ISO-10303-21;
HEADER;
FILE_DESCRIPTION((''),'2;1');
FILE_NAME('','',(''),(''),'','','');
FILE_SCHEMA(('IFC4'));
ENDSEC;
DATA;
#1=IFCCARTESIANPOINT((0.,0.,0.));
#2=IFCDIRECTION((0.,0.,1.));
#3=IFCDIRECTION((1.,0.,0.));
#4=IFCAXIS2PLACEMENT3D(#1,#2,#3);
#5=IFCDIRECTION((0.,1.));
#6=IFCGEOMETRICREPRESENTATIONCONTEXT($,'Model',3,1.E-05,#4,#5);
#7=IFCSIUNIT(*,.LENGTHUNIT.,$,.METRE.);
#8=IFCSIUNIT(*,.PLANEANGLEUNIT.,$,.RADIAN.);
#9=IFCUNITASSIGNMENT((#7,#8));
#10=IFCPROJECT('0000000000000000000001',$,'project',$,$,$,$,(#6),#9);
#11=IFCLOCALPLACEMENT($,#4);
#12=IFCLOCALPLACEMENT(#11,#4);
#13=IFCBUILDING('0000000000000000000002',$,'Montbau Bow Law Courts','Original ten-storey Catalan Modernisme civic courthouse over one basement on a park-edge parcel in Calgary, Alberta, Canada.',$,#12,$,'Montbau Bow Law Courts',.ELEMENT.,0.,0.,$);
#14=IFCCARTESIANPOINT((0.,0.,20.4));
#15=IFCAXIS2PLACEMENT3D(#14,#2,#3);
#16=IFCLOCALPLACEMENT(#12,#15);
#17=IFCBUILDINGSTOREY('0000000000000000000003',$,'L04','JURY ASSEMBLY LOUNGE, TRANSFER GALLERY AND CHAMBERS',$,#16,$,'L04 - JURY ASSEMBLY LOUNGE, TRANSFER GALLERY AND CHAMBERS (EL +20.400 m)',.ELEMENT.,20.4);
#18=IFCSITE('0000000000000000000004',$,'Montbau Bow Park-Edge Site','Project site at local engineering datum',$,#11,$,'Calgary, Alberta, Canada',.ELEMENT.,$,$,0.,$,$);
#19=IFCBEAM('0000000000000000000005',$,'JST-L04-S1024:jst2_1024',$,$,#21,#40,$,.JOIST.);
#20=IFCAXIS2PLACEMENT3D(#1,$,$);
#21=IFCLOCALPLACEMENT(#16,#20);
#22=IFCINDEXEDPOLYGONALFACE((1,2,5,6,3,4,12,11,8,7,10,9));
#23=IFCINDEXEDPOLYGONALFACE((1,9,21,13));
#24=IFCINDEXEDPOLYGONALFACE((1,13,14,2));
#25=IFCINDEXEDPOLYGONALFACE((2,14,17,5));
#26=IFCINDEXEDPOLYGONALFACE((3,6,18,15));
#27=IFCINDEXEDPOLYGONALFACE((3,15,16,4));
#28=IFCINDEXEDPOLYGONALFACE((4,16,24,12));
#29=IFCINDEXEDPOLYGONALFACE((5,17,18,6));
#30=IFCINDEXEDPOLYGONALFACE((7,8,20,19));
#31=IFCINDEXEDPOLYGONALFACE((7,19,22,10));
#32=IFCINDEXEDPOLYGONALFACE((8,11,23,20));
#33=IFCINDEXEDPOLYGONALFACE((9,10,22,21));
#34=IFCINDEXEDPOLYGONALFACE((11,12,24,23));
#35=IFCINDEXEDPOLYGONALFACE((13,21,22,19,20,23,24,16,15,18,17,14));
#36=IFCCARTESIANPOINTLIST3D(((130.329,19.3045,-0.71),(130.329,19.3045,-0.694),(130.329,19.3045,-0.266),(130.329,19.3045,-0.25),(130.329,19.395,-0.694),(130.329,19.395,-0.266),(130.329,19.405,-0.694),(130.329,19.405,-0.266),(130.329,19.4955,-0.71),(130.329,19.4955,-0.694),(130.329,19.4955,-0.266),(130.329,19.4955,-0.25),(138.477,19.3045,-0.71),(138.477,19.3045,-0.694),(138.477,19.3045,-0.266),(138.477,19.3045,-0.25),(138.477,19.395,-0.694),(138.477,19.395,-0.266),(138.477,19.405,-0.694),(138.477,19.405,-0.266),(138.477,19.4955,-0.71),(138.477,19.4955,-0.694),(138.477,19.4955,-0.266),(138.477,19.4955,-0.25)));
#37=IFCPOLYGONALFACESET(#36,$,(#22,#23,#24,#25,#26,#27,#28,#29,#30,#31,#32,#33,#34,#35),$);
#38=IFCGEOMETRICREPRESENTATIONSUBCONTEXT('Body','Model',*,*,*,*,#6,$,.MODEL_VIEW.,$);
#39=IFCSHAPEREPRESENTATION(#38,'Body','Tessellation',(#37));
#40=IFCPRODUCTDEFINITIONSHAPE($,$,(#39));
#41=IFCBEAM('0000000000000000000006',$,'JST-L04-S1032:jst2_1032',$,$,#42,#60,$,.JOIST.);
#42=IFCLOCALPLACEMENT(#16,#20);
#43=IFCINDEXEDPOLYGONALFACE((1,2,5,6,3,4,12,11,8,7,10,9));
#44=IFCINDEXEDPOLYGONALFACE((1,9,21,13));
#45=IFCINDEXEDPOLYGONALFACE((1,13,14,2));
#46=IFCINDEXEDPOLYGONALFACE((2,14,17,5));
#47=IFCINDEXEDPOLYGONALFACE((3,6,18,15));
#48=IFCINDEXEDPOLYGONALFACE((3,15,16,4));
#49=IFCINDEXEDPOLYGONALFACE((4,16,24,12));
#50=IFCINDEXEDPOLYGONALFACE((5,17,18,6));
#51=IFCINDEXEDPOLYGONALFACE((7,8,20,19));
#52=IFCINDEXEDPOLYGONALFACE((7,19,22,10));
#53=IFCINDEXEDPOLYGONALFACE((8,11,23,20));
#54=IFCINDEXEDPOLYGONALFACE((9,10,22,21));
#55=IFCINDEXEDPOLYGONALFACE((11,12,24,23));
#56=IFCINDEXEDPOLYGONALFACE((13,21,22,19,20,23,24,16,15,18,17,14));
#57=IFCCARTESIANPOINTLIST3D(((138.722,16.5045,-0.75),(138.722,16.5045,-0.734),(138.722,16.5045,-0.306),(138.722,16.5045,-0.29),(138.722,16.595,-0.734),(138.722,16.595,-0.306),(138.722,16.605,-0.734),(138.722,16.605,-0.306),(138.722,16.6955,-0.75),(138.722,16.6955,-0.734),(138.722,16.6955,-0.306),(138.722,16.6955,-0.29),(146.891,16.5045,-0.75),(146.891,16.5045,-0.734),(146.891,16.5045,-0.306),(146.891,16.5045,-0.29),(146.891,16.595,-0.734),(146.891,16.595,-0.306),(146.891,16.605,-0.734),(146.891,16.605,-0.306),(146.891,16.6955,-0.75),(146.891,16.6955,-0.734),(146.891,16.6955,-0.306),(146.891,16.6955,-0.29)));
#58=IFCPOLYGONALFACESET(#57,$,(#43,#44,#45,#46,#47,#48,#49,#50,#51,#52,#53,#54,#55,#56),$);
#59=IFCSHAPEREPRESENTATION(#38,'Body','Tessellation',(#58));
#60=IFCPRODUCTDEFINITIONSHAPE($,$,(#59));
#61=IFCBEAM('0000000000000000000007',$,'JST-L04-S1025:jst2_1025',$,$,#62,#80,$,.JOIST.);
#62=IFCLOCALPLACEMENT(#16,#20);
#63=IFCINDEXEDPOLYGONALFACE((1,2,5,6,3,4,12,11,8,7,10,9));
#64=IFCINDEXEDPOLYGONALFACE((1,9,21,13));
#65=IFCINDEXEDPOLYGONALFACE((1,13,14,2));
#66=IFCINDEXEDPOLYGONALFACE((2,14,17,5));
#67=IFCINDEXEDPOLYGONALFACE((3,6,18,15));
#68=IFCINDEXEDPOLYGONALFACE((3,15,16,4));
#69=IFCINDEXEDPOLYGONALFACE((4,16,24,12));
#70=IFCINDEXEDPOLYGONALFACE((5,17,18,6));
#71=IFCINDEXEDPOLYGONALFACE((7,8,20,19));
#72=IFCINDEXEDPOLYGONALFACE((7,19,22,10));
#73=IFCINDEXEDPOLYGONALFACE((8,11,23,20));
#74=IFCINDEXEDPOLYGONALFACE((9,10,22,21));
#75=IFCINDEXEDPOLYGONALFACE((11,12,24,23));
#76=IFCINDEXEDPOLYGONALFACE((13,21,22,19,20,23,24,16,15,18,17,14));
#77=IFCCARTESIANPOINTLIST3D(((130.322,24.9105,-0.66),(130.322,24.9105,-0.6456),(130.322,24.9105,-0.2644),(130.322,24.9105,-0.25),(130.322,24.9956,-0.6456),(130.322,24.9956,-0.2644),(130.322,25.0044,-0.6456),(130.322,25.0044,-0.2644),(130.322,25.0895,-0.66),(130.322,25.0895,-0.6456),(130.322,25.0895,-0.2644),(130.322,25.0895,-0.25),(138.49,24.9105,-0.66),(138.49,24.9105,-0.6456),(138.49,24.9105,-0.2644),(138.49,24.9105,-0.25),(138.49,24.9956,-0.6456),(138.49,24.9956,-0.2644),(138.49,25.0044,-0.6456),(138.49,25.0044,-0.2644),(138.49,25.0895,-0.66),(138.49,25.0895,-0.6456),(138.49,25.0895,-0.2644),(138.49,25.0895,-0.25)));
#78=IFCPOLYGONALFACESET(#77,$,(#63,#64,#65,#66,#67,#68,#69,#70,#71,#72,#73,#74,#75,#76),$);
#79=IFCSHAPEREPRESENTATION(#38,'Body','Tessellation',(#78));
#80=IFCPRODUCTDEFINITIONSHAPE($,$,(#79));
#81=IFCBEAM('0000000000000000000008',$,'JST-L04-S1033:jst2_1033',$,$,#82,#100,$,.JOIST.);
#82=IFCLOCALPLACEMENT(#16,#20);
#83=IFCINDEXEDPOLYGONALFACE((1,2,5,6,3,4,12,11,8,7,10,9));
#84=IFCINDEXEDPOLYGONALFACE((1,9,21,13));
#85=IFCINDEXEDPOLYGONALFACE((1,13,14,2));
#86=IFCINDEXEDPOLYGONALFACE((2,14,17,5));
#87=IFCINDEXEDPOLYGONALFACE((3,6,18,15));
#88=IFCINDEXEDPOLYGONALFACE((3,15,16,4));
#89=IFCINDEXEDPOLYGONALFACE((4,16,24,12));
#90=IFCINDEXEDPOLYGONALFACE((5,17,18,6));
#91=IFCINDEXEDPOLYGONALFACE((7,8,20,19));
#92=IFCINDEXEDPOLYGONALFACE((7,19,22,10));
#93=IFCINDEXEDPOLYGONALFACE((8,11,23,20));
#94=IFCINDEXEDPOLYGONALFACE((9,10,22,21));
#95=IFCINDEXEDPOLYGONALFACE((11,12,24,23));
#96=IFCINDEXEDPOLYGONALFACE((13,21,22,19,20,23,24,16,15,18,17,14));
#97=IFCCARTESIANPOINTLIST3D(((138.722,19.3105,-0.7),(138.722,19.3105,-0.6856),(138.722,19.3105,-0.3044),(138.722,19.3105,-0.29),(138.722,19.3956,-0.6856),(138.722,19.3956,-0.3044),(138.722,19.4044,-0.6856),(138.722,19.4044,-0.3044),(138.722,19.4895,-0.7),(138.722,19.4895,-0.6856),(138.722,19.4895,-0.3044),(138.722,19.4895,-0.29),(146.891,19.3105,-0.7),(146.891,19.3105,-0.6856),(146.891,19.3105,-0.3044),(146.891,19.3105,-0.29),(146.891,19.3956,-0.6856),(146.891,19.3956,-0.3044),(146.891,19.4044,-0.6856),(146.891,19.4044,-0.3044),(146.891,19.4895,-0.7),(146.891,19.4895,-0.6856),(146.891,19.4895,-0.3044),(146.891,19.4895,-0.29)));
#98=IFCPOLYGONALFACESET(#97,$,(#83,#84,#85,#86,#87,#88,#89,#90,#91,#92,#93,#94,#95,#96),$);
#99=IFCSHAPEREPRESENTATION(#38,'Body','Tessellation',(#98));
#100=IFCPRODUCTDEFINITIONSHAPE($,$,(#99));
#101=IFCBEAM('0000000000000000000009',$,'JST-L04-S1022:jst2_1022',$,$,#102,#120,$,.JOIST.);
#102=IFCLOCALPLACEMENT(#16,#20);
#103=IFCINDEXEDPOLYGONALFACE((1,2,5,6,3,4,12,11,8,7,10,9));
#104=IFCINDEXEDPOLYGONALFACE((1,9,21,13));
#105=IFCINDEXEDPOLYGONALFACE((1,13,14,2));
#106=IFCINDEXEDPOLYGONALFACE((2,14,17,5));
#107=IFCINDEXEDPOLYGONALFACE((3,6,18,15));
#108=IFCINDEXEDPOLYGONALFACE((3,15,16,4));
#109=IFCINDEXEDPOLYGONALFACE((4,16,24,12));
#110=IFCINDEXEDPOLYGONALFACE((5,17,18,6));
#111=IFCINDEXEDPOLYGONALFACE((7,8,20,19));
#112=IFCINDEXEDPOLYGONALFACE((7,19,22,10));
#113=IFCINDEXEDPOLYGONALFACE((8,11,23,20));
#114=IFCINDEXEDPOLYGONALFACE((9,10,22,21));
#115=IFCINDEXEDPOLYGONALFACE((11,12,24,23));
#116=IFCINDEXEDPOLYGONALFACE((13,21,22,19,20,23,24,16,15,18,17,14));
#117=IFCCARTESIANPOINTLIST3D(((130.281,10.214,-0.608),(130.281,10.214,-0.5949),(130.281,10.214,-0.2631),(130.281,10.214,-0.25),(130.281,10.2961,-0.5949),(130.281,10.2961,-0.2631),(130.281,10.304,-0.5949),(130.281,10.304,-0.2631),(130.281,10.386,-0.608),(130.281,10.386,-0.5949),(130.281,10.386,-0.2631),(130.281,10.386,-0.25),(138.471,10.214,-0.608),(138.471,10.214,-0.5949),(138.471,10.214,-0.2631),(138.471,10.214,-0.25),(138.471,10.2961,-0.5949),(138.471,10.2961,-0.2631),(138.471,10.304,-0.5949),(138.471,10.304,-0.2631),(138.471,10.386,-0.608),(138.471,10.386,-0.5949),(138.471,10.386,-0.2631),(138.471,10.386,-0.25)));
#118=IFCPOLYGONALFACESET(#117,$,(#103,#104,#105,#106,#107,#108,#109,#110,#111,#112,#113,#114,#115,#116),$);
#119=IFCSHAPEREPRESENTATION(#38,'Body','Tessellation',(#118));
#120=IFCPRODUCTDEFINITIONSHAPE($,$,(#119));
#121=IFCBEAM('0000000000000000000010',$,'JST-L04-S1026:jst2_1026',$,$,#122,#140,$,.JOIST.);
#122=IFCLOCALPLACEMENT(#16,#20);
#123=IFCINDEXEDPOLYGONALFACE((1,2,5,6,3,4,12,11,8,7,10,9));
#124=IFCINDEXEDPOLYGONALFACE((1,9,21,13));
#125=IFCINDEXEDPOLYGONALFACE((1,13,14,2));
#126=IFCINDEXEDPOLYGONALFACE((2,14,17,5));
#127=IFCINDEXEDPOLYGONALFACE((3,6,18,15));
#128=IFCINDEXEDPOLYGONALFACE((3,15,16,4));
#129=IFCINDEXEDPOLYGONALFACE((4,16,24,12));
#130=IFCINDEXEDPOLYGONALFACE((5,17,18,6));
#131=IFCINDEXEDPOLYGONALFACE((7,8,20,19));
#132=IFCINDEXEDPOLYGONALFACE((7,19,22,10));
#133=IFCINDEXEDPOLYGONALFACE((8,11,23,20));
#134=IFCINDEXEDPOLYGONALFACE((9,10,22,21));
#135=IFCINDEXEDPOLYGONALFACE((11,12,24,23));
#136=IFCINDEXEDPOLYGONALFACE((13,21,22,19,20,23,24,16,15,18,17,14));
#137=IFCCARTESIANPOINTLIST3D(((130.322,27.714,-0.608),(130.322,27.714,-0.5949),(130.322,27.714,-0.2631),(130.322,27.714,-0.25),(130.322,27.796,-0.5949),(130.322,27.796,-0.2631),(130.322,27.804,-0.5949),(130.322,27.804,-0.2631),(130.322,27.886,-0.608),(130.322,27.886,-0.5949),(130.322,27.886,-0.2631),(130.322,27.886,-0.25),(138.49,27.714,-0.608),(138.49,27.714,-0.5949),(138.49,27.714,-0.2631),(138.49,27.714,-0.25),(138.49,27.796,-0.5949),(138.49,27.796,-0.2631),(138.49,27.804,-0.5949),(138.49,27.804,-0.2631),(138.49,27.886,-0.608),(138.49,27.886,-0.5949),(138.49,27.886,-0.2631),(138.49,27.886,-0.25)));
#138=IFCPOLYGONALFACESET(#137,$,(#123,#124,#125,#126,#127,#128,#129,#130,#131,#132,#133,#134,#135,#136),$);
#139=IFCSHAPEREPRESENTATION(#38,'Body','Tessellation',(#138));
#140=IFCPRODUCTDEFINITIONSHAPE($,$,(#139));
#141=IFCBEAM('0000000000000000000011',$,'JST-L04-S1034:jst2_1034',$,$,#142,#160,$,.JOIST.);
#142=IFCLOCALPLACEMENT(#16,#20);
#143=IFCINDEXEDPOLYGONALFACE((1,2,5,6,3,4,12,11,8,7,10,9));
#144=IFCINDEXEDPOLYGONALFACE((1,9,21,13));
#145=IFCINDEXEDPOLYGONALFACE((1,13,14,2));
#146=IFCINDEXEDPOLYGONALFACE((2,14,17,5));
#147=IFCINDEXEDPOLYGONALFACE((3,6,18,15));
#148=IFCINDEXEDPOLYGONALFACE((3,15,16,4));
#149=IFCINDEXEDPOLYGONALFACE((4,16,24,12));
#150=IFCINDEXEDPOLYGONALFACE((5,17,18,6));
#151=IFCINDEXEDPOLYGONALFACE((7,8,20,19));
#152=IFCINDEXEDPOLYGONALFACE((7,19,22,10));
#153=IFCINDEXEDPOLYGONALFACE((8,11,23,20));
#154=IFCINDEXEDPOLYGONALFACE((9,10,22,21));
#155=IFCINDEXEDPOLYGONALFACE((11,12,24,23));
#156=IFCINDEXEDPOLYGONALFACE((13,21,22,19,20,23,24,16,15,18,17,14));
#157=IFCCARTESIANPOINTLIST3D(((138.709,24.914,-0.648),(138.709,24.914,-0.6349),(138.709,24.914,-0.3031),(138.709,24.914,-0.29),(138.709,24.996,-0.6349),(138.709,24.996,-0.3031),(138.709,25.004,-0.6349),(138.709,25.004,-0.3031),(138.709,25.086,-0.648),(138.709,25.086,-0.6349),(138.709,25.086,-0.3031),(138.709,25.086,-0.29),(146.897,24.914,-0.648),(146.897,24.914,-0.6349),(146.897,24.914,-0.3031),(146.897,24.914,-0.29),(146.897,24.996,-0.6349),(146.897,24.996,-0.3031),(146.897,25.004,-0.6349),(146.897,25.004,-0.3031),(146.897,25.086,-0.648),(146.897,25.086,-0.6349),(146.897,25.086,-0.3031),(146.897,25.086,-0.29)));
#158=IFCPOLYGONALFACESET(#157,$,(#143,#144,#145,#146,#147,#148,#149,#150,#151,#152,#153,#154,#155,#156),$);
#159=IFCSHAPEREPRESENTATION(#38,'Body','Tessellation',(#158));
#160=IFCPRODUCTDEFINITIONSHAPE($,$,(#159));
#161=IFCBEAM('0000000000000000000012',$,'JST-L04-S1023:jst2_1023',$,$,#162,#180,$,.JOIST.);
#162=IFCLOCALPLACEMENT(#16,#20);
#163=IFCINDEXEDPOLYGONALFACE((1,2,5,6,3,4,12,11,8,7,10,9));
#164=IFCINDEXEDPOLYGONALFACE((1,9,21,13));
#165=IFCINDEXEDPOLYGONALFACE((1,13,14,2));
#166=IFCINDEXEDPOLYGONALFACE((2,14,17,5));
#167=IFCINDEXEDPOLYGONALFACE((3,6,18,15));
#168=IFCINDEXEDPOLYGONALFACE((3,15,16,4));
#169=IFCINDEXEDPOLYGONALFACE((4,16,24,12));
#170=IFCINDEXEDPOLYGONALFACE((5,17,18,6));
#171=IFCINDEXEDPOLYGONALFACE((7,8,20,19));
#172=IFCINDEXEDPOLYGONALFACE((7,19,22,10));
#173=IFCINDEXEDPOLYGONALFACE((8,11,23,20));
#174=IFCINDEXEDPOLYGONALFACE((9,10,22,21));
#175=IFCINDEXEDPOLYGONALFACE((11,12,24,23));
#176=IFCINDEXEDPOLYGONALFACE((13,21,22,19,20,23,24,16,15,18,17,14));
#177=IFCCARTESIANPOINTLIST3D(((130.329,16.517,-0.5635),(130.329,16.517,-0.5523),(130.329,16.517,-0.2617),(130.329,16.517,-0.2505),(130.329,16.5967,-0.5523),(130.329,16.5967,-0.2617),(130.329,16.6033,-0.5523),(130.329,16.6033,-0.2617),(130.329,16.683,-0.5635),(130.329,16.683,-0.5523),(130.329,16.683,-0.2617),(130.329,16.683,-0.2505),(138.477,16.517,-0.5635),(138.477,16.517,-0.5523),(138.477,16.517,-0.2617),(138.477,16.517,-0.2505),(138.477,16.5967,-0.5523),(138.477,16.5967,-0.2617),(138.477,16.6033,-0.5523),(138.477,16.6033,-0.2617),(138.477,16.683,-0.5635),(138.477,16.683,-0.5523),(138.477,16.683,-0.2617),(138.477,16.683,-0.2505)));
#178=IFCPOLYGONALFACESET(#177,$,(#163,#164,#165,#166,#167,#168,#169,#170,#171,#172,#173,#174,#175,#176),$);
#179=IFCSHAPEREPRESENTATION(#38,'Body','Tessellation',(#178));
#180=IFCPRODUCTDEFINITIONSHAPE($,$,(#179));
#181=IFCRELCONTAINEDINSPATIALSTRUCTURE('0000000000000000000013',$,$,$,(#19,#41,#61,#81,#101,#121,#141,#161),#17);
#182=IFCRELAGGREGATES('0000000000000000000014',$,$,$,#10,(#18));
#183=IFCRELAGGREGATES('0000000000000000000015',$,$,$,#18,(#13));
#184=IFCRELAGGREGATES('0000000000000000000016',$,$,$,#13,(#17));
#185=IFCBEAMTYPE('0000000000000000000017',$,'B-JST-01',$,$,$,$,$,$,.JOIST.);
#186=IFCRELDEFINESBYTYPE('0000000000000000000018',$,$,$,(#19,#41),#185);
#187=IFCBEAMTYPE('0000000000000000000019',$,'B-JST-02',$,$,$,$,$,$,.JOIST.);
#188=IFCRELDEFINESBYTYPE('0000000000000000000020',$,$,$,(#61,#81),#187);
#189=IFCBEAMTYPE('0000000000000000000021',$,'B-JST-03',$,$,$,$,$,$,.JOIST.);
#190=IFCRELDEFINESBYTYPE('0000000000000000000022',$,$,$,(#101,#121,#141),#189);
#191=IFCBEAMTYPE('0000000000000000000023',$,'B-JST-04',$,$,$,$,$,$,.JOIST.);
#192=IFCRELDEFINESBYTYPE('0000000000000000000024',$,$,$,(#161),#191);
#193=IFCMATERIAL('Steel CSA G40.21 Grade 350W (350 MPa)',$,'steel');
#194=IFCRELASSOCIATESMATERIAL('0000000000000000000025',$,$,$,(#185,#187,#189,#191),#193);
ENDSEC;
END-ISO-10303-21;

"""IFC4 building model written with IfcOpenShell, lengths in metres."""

from ifc_helpers import new_model, si_unit, direction, frame, origin_with_axes, origin_2d_with_axis, place, context, subcontext, project, spatial, i_section, extrude, material, material_profile, profile_set, type_object, element, save


model = new_model("IFC4")

# Units and contexts
model_context = context("Model", 3, precision=1e-05, world=origin_with_axes(), true_north=direction((0.0, 1.0)))
body_context = subcontext(model_context, "Body", "Model", "MODEL_VIEW")
ifc_project = project(units=[si_unit("LENGTHUNIT", "METRE"), si_unit("PLANEANGLEUNIT", "RADIAN")], contexts=[model_context])

# Site, building, storey
site_placement = place(None, origin_with_axes())
site = spatial("IfcSite", under=ifc_project, at=site_placement, Name="Montbau Bow Park-Edge Site", Description="Project site at local engineering datum", LongName="Calgary, Alberta, Canada", CompositionType="ELEMENT", RefElevation=0.0)
building_placement = place(site_placement, origin_with_axes())
building = spatial("IfcBuilding", under=site, at=building_placement, Name="Montbau Bow Law Courts", Description="Original ten-storey Catalan Modernisme civic courthouse over one basement on a park-edge parcel in Calgary, Alberta, Canada.", LongName="Montbau Bow Law Courts", CompositionType="ELEMENT", ElevationOfRefHeight=0.0, ElevationOfTerrain=0.0)
storey_placement = place(building_placement, frame((0.0, 0.0, 20.4), z_axis=(0.0, 0.0, 1.0), x_axis=(1.0, 0.0, 0.0)))
storey = spatial("IfcBuildingStorey", under=building, at=storey_placement, Name="L04", Description="JURY ASSEMBLY LOUNGE, TRANSFER GALLERY AND CHAMBERS", LongName="L04 - JURY ASSEMBLY LOUNGE, TRANSFER GALLERY AND CHAMBERS (EL +20.400 m)", CompositionType="ELEMENT", Elevation=20.4)

# Beams
ifc_material_1 = material(Name="Steel CSA G40.21 Grade 350W (350 MPa)", Category="steel")
ifc_material_profile_1 = material_profile(ifc_material_1, i_section(OverallWidth=0.191, OverallDepth=0.46, WebThickness=0.0099, FlangeThickness=0.016, at=origin_2d_with_axis()), Name="W460X82", Category="Main", Priority=0)
ifc_profile_set_1 = profile_set([ifc_material_profile_1], Name="Steel CSA G40.21 Grade 350W (350 MPa)")
beam_type_1 = type_object("IfcBeamType", Name="B-JST-01", PredefinedType="JOIST", material=ifc_profile_set_1)
beam_1_placement = place(None, frame((130.329, 19.4, 19.92), z_axis=(1.0, 0.0, 0.0), x_axis=(0.0, 1.0, 0.0)))
element("IfcBeam", 1, at=beam_1_placement, inside=storey, type_object=beam_type_1, Name="JST-L04-S1024:jst2_1024", PredefinedType="JOIST", context=body_context, shape_type="SweptSolid", body=[
    extrude(i_section(OverallWidth=0.191, OverallDepth=0.46, WebThickness=0.0099, FlangeThickness=0.016, at=origin_2d_with_axis()), origin_with_axes(), (0.0, 0.0, 1.0), 8.148),
])
beam_2_placement = place(None, frame((138.722, 16.6, 19.88), z_axis=(1.0, 0.0, 0.0), x_axis=(0.0, 1.0, 0.0)))
element("IfcBeam", 2, at=beam_2_placement, inside=storey, type_object=beam_type_1, Name="JST-L04-S1032:jst2_1032", PredefinedType="JOIST", context=body_context, shape_type="SweptSolid", body=[
    extrude(i_section(OverallWidth=0.191, OverallDepth=0.46, WebThickness=0.0099, FlangeThickness=0.016, at=origin_2d_with_axis()), origin_with_axes(), (0.0, 0.0, 1.0), 8.169),
])
ifc_material_profile_2 = material_profile(ifc_material_1, i_section(OverallWidth=0.179, OverallDepth=0.41, WebThickness=0.0088, FlangeThickness=0.0144, at=origin_2d_with_axis()), Name="W410X67", Category="Main", Priority=0)
ifc_profile_set_2 = profile_set([ifc_material_profile_2], Name="Steel CSA G40.21 Grade 350W (350 MPa)")
beam_type_2 = type_object("IfcBeamType", Name="B-JST-02", PredefinedType="JOIST", material=ifc_profile_set_2)
beam_3_placement = place(None, frame((130.322, 25.0, 19.945), z_axis=(1.0, 0.0, 0.0), x_axis=(0.0, 1.0, 0.0)))
element("IfcBeam", 3, at=beam_3_placement, inside=storey, type_object=beam_type_2, Name="JST-L04-S1025:jst2_1025", PredefinedType="JOIST", context=body_context, shape_type="SweptSolid", body=[
    extrude(i_section(OverallWidth=0.179, OverallDepth=0.41, WebThickness=0.0088, FlangeThickness=0.0144, at=origin_2d_with_axis()), origin_with_axes(), (0.0, 0.0, 1.0), 8.168),
])
beam_4_placement = place(None, frame((138.722, 19.4, 19.905), z_axis=(1.0, 0.0, 0.0), x_axis=(0.0, 1.0, 0.0)))
element("IfcBeam", 4, at=beam_4_placement, inside=storey, type_object=beam_type_2, Name="JST-L04-S1033:jst2_1033", PredefinedType="JOIST", context=body_context, shape_type="SweptSolid", body=[
    extrude(i_section(OverallWidth=0.179, OverallDepth=0.41, WebThickness=0.0088, FlangeThickness=0.0144, at=origin_2d_with_axis()), origin_with_axes(), (0.0, 0.0, 1.0), 8.169),
])
ifc_material_profile_3 = material_profile(ifc_material_1, i_section(OverallWidth=0.172, OverallDepth=0.358, WebThickness=0.0079, FlangeThickness=0.0131, at=origin_2d_with_axis()), Name="W360X57", Category="Main", Priority=0)
ifc_profile_set_3 = profile_set([ifc_material_profile_3], Name="Steel CSA G40.21 Grade 350W (350 MPa)")
beam_type_3 = type_object("IfcBeamType", Name="B-JST-03", PredefinedType="JOIST", material=ifc_profile_set_3)
beam_5_placement = place(None, frame((130.281, 10.3, 19.971), z_axis=(1.0, 0.0, 0.0), x_axis=(0.0, 1.0, 0.0)))
element("IfcBeam", 5, at=beam_5_placement, inside=storey, type_object=beam_type_3, Name="JST-L04-S1022:jst2_1022", PredefinedType="JOIST", context=body_context, shape_type="SweptSolid", body=[
    extrude(i_section(OverallWidth=0.172, OverallDepth=0.358, WebThickness=0.0079, FlangeThickness=0.0131, at=origin_2d_with_axis()), origin_with_axes(), (0.0, 0.0, 1.0), 8.19),
])
beam_6_placement = place(None, frame((130.322, 27.8, 19.971), z_axis=(1.0, 0.0, 0.0), x_axis=(0.0, 1.0, 0.0)))
element("IfcBeam", 6, at=beam_6_placement, inside=storey, type_object=beam_type_3, Name="JST-L04-S1026:jst2_1026", PredefinedType="JOIST", context=body_context, shape_type="SweptSolid", body=[
    extrude(i_section(OverallWidth=0.172, OverallDepth=0.358, WebThickness=0.0079, FlangeThickness=0.0131, at=origin_2d_with_axis()), origin_with_axes(), (0.0, 0.0, 1.0), 8.168),
])
beam_7_placement = place(None, frame((138.709, 25.0, 19.931), z_axis=(1.0, 0.0, 0.0), x_axis=(0.0, 1.0, 0.0)))
element("IfcBeam", 7, at=beam_7_placement, inside=storey, type_object=beam_type_3, Name="JST-L04-S1034:jst2_1034", PredefinedType="JOIST", context=body_context, shape_type="SweptSolid", body=[
    extrude(i_section(OverallWidth=0.172, OverallDepth=0.358, WebThickness=0.0079, FlangeThickness=0.0131, at=origin_2d_with_axis()), origin_with_axes(), (0.0, 0.0, 1.0), 8.188),
])
ifc_material_profile_4 = material_profile(ifc_material_1, i_section(OverallWidth=0.166, OverallDepth=0.313, WebThickness=0.0066, FlangeThickness=0.0112, at=origin_2d_with_axis()), Name="W310X45", Category="Main", Priority=0)
ifc_profile_set_4 = profile_set([ifc_material_profile_4], Name="Steel CSA G40.21 Grade 350W (350 MPa)")
beam_type_4 = type_object("IfcBeamType", Name="B-JST-04", PredefinedType="JOIST", material=ifc_profile_set_4)
for number, where, z_axis, x_axis, name in (
    (8, (130.329, 16.6, 19.993), (1.0, 0.0, 0.0), (0.0, 1.0, 0.0), "JST-L04-S1023:jst2_1023"),
):
    element("IfcBeam", number, at=place(None, frame(where, z_axis=z_axis, x_axis=x_axis)), inside=storey, type_object=beam_type_4, Name=name, PredefinedType="JOIST", context=body_context, shape_type="SweptSolid", body=[
        extrude(i_section(OverallWidth=0.166, OverallDepth=0.313, WebThickness=0.0066, FlangeThickness=0.0112, at=origin_2d_with_axis()), origin_with_axes(), (0.0, 0.0, 1.0), 8.148),
    ])

save(model, "model.ifc")
